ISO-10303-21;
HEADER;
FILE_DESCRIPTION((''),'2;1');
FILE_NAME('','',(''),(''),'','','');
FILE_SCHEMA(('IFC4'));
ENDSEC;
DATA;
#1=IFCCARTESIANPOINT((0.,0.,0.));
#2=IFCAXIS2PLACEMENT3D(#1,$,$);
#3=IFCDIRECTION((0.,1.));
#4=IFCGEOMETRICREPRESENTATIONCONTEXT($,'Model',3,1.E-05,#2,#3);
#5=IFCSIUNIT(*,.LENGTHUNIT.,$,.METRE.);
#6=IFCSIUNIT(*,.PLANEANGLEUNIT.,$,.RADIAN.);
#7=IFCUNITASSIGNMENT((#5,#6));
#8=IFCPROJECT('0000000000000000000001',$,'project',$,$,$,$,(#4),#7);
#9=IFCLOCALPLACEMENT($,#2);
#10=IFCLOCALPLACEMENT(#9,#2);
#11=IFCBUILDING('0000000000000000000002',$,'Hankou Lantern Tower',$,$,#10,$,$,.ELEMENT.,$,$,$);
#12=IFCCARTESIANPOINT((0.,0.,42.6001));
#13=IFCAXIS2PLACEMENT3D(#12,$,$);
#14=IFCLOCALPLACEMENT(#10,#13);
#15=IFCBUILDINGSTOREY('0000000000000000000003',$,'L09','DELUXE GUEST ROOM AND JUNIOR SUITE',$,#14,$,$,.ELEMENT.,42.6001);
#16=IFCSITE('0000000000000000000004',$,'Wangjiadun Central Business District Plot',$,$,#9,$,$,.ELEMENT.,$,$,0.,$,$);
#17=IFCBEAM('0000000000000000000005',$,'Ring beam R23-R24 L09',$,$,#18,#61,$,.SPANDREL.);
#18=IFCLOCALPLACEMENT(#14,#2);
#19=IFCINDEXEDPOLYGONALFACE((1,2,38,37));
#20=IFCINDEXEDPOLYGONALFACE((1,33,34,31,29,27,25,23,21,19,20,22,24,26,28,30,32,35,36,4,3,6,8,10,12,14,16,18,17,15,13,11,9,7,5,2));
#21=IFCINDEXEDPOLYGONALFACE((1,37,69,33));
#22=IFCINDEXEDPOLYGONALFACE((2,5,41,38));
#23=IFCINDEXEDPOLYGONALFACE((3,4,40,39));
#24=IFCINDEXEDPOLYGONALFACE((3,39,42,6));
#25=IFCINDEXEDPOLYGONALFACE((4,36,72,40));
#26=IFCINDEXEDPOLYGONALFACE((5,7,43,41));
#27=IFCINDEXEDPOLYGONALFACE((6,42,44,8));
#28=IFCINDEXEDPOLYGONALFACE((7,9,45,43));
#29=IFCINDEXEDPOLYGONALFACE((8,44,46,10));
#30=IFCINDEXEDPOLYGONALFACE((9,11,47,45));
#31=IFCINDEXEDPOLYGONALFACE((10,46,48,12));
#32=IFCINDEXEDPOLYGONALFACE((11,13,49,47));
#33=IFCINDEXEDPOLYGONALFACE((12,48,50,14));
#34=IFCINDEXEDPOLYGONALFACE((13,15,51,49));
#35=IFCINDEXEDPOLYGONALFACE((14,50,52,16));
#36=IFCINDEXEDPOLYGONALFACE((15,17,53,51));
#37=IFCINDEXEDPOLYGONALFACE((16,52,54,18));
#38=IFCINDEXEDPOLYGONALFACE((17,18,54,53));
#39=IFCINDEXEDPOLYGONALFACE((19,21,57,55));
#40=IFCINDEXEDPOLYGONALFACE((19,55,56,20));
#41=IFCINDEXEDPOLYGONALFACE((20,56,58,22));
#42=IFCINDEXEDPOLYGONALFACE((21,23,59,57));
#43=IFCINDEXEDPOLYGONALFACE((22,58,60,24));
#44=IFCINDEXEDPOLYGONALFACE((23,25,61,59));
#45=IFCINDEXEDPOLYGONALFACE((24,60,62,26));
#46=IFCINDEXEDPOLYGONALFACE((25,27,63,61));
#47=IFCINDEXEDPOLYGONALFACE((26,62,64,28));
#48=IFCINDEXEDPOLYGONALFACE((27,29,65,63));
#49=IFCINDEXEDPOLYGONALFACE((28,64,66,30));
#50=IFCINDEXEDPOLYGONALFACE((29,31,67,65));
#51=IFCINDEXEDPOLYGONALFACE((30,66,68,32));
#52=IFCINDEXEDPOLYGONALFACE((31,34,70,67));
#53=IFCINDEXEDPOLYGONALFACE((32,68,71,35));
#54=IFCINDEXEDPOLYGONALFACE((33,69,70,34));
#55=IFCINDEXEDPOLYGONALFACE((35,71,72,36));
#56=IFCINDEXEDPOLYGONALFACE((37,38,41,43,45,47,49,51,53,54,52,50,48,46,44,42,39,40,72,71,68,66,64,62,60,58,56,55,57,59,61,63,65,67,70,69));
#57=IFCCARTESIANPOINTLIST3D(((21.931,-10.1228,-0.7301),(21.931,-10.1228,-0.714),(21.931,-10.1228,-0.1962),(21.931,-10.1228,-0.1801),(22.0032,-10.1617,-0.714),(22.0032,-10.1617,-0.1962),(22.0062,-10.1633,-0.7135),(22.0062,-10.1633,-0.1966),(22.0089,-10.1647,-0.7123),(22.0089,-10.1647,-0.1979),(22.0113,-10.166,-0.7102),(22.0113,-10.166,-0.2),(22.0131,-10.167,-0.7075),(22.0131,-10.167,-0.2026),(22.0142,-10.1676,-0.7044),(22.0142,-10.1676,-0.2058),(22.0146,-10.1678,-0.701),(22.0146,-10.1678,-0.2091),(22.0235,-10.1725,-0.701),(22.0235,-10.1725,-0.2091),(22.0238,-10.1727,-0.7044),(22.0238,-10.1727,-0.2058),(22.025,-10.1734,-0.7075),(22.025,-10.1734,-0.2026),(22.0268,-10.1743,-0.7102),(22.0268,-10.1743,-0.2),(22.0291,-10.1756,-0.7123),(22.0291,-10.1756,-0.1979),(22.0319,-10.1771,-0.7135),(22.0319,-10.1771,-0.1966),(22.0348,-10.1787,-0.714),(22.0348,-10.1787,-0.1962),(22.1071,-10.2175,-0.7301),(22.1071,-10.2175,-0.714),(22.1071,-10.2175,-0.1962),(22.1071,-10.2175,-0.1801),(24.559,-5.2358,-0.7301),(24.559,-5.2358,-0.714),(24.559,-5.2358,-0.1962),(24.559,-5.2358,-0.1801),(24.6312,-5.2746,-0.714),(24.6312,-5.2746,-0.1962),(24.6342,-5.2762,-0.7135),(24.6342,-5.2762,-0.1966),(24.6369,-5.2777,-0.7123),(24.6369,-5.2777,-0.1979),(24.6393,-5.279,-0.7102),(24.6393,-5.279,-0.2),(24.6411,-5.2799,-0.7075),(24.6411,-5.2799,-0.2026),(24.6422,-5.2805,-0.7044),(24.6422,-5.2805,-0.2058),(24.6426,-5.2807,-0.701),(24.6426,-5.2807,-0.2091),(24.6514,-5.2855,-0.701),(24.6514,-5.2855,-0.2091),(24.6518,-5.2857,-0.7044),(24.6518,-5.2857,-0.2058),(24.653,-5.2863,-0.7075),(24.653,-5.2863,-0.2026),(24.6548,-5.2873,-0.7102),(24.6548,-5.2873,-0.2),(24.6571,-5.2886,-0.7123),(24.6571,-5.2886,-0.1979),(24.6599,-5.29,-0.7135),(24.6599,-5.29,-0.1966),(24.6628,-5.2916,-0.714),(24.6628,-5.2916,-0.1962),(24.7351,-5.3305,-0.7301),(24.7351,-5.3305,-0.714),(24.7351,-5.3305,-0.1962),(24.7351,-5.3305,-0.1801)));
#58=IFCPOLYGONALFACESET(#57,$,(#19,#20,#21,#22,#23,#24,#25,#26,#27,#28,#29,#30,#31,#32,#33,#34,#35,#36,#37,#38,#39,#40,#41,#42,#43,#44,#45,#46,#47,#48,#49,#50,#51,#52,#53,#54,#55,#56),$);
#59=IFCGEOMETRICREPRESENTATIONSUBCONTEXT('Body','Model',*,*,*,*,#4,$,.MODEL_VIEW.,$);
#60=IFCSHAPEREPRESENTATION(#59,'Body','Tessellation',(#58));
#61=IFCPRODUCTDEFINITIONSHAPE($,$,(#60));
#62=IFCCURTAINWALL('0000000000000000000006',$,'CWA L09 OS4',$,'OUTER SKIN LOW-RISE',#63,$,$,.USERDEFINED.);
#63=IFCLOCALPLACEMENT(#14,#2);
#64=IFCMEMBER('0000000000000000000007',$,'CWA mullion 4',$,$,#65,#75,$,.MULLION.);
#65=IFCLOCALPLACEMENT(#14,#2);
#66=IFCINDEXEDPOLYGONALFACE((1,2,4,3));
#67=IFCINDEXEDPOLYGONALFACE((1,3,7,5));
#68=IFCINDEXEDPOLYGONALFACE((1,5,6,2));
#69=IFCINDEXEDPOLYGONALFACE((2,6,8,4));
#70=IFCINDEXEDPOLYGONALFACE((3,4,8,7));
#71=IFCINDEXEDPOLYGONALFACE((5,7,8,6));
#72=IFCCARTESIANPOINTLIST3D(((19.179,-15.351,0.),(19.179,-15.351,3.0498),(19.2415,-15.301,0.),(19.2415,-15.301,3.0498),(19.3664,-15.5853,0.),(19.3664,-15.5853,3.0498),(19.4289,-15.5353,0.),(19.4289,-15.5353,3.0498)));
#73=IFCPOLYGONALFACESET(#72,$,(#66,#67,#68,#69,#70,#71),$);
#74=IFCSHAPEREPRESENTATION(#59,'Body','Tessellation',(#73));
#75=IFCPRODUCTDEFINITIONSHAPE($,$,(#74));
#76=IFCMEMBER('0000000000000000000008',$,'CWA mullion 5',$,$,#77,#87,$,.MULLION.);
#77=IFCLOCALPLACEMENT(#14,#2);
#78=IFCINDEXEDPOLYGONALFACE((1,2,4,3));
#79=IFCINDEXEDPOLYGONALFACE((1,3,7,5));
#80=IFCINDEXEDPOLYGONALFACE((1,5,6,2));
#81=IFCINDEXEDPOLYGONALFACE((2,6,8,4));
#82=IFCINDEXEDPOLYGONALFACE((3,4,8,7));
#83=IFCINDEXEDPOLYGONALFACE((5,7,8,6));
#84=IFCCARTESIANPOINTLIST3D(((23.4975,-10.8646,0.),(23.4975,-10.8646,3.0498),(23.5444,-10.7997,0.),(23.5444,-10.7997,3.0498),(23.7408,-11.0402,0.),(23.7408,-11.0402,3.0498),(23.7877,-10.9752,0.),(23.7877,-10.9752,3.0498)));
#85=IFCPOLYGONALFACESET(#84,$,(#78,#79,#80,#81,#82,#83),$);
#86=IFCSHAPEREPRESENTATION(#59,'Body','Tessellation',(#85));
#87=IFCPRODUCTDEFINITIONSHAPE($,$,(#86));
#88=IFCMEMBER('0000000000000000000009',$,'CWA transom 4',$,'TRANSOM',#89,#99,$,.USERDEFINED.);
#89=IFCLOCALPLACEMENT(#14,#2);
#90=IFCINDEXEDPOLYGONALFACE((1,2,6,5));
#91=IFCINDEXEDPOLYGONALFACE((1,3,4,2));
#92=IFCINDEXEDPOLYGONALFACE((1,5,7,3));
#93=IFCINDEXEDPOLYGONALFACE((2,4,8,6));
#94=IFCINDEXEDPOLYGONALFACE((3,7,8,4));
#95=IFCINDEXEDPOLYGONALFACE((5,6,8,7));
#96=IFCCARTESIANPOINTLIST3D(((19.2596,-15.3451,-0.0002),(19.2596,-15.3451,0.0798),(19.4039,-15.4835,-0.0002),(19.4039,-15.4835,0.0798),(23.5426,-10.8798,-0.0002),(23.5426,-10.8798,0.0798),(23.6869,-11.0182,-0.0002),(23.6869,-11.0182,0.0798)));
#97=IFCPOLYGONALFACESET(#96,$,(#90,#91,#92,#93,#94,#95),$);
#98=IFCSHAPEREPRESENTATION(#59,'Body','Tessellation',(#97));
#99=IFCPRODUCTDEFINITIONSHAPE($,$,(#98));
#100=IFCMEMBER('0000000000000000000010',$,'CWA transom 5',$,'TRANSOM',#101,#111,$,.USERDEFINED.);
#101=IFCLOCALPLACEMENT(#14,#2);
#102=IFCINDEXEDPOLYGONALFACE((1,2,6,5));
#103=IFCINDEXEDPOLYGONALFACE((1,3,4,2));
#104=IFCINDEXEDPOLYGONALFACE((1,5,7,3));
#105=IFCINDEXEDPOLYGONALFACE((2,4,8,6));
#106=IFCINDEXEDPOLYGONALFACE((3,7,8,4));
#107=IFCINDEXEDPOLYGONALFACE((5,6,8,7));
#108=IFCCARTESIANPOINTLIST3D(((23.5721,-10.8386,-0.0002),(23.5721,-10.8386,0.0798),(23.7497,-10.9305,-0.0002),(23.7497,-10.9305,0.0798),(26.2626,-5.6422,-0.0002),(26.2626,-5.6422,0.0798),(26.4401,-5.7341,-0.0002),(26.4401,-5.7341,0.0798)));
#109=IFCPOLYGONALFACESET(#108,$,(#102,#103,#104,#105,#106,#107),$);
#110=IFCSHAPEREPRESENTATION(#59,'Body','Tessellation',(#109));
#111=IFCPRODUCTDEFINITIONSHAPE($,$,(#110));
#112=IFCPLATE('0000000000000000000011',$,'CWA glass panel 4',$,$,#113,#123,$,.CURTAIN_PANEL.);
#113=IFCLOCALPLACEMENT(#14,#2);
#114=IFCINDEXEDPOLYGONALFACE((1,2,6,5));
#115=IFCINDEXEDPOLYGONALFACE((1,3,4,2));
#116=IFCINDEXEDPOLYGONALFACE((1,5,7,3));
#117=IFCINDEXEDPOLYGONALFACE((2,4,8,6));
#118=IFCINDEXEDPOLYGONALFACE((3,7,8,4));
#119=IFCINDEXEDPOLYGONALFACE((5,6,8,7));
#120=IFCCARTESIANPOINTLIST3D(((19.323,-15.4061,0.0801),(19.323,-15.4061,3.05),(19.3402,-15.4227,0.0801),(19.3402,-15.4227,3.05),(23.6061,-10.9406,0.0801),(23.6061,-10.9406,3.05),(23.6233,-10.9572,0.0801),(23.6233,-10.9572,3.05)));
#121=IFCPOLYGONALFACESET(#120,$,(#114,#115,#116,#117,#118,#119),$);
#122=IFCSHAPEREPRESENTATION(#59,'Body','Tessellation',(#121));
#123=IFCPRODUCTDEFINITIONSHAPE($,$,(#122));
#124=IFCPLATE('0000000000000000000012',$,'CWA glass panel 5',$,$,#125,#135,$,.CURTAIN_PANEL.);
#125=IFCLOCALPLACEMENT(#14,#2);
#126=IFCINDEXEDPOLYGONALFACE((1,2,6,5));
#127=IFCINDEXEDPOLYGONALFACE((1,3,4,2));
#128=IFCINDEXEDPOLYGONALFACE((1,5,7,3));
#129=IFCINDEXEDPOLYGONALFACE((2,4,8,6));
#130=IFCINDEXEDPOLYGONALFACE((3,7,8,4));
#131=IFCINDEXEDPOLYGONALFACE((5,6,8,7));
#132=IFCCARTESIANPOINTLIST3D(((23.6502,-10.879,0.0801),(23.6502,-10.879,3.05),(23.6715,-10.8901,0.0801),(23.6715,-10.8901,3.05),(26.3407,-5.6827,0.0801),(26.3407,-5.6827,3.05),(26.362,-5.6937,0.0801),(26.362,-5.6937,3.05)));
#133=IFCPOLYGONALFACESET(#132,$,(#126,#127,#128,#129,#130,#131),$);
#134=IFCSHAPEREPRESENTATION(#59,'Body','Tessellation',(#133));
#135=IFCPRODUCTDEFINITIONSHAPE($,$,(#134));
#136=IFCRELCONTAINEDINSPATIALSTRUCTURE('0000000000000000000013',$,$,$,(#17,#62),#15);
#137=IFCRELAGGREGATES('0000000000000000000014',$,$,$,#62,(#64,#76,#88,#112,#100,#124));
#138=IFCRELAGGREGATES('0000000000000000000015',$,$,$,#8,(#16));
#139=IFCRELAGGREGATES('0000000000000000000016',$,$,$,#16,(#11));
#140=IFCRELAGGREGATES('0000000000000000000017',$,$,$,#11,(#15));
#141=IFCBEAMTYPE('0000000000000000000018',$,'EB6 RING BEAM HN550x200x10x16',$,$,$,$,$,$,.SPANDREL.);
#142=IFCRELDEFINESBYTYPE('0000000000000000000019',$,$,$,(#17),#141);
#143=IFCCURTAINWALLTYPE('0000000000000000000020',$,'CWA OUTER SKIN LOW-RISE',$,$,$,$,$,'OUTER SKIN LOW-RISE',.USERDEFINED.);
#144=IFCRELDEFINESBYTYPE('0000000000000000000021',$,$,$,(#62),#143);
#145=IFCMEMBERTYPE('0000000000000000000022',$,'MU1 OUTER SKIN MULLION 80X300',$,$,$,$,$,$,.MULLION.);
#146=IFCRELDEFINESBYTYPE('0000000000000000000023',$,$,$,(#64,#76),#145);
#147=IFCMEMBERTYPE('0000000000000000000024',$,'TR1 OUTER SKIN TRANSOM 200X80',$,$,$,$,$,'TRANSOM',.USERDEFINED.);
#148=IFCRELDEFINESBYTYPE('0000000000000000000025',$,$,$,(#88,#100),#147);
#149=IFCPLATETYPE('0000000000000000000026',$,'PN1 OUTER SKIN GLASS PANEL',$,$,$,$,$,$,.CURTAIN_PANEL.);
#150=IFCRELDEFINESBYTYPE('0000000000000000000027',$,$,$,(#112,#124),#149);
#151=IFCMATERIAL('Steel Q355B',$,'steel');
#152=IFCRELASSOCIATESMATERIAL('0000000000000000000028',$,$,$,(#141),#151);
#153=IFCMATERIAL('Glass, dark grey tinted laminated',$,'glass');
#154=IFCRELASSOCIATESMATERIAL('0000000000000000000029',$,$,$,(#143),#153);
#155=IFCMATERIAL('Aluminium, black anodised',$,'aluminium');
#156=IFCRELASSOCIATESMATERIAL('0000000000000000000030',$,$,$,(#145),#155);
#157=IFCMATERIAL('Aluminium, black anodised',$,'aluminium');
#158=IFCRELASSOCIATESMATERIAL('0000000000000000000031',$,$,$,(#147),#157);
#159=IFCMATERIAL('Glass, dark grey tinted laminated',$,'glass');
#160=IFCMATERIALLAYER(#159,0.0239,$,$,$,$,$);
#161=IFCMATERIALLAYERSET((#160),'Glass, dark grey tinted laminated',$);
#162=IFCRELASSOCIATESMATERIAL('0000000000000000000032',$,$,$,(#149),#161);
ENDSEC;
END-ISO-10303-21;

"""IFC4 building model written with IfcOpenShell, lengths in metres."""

from ifc_helpers import new_model, si_unit, direction, frame, origin, origin_2d, place, context, subcontext, project, spatial, rectangle, i_section, extrude, material, layer, layer_set, material_profile, profile_set, type_object, element, aggregate, save


model = new_model("IFC4")

# Units and contexts
model_context = context("Model", 3, precision=1e-05, world=origin(), true_north=direction((0.0, 1.0)))
body_context = subcontext(model_context, "Body", "Model", "MODEL_VIEW")
ifc_project = project(units=[si_unit("LENGTHUNIT", "METRE"), si_unit("PLANEANGLEUNIT", "RADIAN")], contexts=[model_context])

# Site, building, storey
site_placement = place(None, origin())
site = spatial("IfcSite", under=ifc_project, at=site_placement, Name="Wangjiadun Central Business District Plot", CompositionType="ELEMENT", RefElevation=0.0)
building_placement = place(site_placement, origin())
building = spatial("IfcBuilding", under=site, at=building_placement, Name="Hankou Lantern Tower", CompositionType="ELEMENT")
storey_placement = place(building_placement, frame((0.0, 0.0, 42.6001)))
storey = spatial("IfcBuildingStorey", under=building, at=storey_placement, Name="L09", Description="DELUXE GUEST ROOM AND JUNIOR SUITE", CompositionType="ELEMENT", Elevation=42.6001)

# Beam
ifc_material_1 = material(Name="Steel Q355B", Category="steel")
ifc_material_profile_1 = material_profile(ifc_material_1, i_section(OverallWidth=0.2, OverallDepth=0.55, WebThickness=0.01, FlangeThickness=0.0161, FilletRadius=0.0129, at=origin_2d()), Name="HN550x200x10x16")
ifc_profile_set_1 = profile_set([ifc_material_profile_1], Name="Steel Q355B")
beam_type = type_object("IfcBeamType", Name="EB6 RING BEAM HN550x200x10x16", PredefinedType="SPANDREL", material=ifc_profile_set_1)
beam_1_placement = place(storey_placement, frame((22.019, -10.1702, -0.4551), z_axis=(0.473609, 0.880735, 0.0), x_axis=(-0.880735, 0.473609, 0.0)))
element("IfcBeam", 1, at=beam_1_placement, inside=storey, type_object=beam_type, Name="Ring beam R23-R24 L09", PredefinedType="SPANDREL", context=body_context, shape_type="SweptSolid", body=[
    extrude(i_section(OverallWidth=0.2, OverallDepth=0.55, WebThickness=0.01, FlangeThickness=0.0161, FilletRadius=0.0129, at=origin_2d()), origin(), (0.0, 0.0, 1.0), 5.5488),
])

# Curtain wall, members, plates
ifc_material_2 = material(Name="Glass, dark grey tinted laminated", Category="glass")
curtain_wall_type = type_object("IfcCurtainWallType", Name="CWA OUTER SKIN LOW-RISE", ElementType="OUTER SKIN LOW-RISE", PredefinedType="USERDEFINED", material=ifc_material_2)
curtain_wall_placement = place(storey_placement, origin())
curtain_wall = element("IfcCurtainWall", 2, at=curtain_wall_placement, inside=storey, type_object=curtain_wall_type, Name="CWA L09 OS4", ObjectType="OUTER SKIN LOW-RISE", PredefinedType="USERDEFINED")
ifc_material_3 = material(Name="Aluminium, black anodised", Category="aluminium")
ifc_material_profile_2 = material_profile(ifc_material_3, rectangle(XDim=0.0801, YDim=0.3, at=origin_2d()), Name="MU1 80X300")
ifc_profile_set_2 = profile_set([ifc_material_profile_2], Name="Aluminium, black anodised")
member_type_1 = type_object("IfcMemberType", Name="MU1 OUTER SKIN MULLION 80X300", PredefinedType="MULLION", material=ifc_profile_set_2)
member_1_placement = place(storey_placement, frame((19.304, -15.4431, 0.0), z_axis=(0.0, 0.0, 1.0), x_axis=(0.780869, 0.624695, 0.0)))
member_1 = element("IfcMember", 3, at=member_1_placement, type_object=member_type_1, Name="CWA mullion 4", PredefinedType="MULLION", context=body_context, shape_type="SweptSolid", body=[
    extrude(rectangle(XDim=0.0801, YDim=0.3, at=origin_2d()), origin(), (0.0, 0.0, 1.0), 3.0498),
])
member_2_placement = place(storey_placement, frame((23.6426, -10.9199, 0.0), z_axis=(0.0, 0.0, 1.0), x_axis=(0.585206, 0.810885, 0.0)))
member_2 = element("IfcMember", 4, at=member_2_placement, type_object=member_type_1, Name="CWA mullion 5", PredefinedType="MULLION", context=body_context, shape_type="SweptSolid", body=[
    extrude(rectangle(XDim=0.0801, YDim=0.3, at=origin_2d()), origin(), (0.0, 0.0, 1.0), 3.0498),
])
ifc_material_4 = material(Name="Aluminium, black anodised", Category="aluminium")
ifc_material_profile_3 = material_profile(ifc_material_4, rectangle(XDim=0.2, YDim=0.0801, at=origin_2d()), Name="TR1 200X80")
ifc_profile_set_3 = profile_set([ifc_material_profile_3], Name="Aluminium, black anodised")
member_type_2 = type_object("IfcMemberType", Name="TR1 OUTER SKIN TRANSOM 200X80", ElementType="TRANSOM", PredefinedType="USERDEFINED", material=ifc_profile_set_3)
member_3_placement = place(storey_placement, frame((19.3318, -15.4143, 0.0398), z_axis=(0.692216, 0.721691, 0.0), x_axis=(-0.721691, 0.692216, 0.0)))
member_3 = element("IfcMember", 5, at=member_3_placement, type_object=member_type_2, Name="CWA transom 4", ObjectType="TRANSOM", PredefinedType="USERDEFINED", context=body_context, shape_type="SweptSolid", body=[
    extrude(rectangle(XDim=0.2, YDim=0.0801, at=origin_2d()), origin(), (0.0, 0.0, 1.0), 6.1873),
])
member_4_placement = place(storey_placement, frame((23.6609, -10.8845, 0.0398), z_axis=(0.459786, 0.88803, 0.0), x_axis=(-0.88803, 0.459786, 0.0)))
member_4 = element("IfcMember", 6, at=member_4_placement, type_object=member_type_2, Name="CWA transom 5", ObjectType="TRANSOM", PredefinedType="USERDEFINED", context=body_context, shape_type="SweptSolid", body=[
    extrude(rectangle(XDim=0.2, YDim=0.0801, at=origin_2d()), origin(), (0.0, 0.0, 1.0), 5.8516),
])
ifc_material_5 = material(Name="Glass, dark grey tinted laminated", Category="glass")
ifc_layer_1 = layer(ifc_material_5, 0.0239)
ifc_layer_set_1 = layer_set([ifc_layer_1], Name="Glass, dark grey tinted laminated")
plate_type = type_object("IfcPlateType", Name="PN1 OUTER SKIN GLASS PANEL", PredefinedType="CURTAIN_PANEL", material=ifc_layer_set_1)
plate_1_placement = place(storey_placement, frame((21.4731, -13.1816, 0.0801), z_axis=(0.0, 0.0, 1.0), x_axis=(0.692216, 0.721691, 0.0)))
plate_1 = element("IfcPlate", 7, at=plate_1_placement, type_object=plate_type, Name="CWA glass panel 4", PredefinedType="CURTAIN_PANEL", context=body_context, shape_type="SweptSolid", body=[
    extrude(rectangle(XDim=6.1875, YDim=0.0239, at=origin_2d()), origin(), (0.0, 0.0, 1.0), 2.97),
])
plate_2_placement = place(storey_placement, frame((25.0061, -8.2864, 0.0801), z_axis=(0.0, 0.0, 1.0), x_axis=(0.459791, 0.888027, 0.0)))
plate_2 = element("IfcPlate", 8, at=plate_2_placement, type_object=plate_type, Name="CWA glass panel 5", PredefinedType="CURTAIN_PANEL", context=body_context, shape_type="SweptSolid", body=[
    extrude(rectangle(XDim=5.8516, YDim=0.0239, at=origin_2d()), origin(), (0.0, 0.0, 1.0), 2.97),
])
aggregate(curtain_wall, [member_1, member_2, member_3, plate_1, member_4, plate_2])

save(model, "model.ifc")
